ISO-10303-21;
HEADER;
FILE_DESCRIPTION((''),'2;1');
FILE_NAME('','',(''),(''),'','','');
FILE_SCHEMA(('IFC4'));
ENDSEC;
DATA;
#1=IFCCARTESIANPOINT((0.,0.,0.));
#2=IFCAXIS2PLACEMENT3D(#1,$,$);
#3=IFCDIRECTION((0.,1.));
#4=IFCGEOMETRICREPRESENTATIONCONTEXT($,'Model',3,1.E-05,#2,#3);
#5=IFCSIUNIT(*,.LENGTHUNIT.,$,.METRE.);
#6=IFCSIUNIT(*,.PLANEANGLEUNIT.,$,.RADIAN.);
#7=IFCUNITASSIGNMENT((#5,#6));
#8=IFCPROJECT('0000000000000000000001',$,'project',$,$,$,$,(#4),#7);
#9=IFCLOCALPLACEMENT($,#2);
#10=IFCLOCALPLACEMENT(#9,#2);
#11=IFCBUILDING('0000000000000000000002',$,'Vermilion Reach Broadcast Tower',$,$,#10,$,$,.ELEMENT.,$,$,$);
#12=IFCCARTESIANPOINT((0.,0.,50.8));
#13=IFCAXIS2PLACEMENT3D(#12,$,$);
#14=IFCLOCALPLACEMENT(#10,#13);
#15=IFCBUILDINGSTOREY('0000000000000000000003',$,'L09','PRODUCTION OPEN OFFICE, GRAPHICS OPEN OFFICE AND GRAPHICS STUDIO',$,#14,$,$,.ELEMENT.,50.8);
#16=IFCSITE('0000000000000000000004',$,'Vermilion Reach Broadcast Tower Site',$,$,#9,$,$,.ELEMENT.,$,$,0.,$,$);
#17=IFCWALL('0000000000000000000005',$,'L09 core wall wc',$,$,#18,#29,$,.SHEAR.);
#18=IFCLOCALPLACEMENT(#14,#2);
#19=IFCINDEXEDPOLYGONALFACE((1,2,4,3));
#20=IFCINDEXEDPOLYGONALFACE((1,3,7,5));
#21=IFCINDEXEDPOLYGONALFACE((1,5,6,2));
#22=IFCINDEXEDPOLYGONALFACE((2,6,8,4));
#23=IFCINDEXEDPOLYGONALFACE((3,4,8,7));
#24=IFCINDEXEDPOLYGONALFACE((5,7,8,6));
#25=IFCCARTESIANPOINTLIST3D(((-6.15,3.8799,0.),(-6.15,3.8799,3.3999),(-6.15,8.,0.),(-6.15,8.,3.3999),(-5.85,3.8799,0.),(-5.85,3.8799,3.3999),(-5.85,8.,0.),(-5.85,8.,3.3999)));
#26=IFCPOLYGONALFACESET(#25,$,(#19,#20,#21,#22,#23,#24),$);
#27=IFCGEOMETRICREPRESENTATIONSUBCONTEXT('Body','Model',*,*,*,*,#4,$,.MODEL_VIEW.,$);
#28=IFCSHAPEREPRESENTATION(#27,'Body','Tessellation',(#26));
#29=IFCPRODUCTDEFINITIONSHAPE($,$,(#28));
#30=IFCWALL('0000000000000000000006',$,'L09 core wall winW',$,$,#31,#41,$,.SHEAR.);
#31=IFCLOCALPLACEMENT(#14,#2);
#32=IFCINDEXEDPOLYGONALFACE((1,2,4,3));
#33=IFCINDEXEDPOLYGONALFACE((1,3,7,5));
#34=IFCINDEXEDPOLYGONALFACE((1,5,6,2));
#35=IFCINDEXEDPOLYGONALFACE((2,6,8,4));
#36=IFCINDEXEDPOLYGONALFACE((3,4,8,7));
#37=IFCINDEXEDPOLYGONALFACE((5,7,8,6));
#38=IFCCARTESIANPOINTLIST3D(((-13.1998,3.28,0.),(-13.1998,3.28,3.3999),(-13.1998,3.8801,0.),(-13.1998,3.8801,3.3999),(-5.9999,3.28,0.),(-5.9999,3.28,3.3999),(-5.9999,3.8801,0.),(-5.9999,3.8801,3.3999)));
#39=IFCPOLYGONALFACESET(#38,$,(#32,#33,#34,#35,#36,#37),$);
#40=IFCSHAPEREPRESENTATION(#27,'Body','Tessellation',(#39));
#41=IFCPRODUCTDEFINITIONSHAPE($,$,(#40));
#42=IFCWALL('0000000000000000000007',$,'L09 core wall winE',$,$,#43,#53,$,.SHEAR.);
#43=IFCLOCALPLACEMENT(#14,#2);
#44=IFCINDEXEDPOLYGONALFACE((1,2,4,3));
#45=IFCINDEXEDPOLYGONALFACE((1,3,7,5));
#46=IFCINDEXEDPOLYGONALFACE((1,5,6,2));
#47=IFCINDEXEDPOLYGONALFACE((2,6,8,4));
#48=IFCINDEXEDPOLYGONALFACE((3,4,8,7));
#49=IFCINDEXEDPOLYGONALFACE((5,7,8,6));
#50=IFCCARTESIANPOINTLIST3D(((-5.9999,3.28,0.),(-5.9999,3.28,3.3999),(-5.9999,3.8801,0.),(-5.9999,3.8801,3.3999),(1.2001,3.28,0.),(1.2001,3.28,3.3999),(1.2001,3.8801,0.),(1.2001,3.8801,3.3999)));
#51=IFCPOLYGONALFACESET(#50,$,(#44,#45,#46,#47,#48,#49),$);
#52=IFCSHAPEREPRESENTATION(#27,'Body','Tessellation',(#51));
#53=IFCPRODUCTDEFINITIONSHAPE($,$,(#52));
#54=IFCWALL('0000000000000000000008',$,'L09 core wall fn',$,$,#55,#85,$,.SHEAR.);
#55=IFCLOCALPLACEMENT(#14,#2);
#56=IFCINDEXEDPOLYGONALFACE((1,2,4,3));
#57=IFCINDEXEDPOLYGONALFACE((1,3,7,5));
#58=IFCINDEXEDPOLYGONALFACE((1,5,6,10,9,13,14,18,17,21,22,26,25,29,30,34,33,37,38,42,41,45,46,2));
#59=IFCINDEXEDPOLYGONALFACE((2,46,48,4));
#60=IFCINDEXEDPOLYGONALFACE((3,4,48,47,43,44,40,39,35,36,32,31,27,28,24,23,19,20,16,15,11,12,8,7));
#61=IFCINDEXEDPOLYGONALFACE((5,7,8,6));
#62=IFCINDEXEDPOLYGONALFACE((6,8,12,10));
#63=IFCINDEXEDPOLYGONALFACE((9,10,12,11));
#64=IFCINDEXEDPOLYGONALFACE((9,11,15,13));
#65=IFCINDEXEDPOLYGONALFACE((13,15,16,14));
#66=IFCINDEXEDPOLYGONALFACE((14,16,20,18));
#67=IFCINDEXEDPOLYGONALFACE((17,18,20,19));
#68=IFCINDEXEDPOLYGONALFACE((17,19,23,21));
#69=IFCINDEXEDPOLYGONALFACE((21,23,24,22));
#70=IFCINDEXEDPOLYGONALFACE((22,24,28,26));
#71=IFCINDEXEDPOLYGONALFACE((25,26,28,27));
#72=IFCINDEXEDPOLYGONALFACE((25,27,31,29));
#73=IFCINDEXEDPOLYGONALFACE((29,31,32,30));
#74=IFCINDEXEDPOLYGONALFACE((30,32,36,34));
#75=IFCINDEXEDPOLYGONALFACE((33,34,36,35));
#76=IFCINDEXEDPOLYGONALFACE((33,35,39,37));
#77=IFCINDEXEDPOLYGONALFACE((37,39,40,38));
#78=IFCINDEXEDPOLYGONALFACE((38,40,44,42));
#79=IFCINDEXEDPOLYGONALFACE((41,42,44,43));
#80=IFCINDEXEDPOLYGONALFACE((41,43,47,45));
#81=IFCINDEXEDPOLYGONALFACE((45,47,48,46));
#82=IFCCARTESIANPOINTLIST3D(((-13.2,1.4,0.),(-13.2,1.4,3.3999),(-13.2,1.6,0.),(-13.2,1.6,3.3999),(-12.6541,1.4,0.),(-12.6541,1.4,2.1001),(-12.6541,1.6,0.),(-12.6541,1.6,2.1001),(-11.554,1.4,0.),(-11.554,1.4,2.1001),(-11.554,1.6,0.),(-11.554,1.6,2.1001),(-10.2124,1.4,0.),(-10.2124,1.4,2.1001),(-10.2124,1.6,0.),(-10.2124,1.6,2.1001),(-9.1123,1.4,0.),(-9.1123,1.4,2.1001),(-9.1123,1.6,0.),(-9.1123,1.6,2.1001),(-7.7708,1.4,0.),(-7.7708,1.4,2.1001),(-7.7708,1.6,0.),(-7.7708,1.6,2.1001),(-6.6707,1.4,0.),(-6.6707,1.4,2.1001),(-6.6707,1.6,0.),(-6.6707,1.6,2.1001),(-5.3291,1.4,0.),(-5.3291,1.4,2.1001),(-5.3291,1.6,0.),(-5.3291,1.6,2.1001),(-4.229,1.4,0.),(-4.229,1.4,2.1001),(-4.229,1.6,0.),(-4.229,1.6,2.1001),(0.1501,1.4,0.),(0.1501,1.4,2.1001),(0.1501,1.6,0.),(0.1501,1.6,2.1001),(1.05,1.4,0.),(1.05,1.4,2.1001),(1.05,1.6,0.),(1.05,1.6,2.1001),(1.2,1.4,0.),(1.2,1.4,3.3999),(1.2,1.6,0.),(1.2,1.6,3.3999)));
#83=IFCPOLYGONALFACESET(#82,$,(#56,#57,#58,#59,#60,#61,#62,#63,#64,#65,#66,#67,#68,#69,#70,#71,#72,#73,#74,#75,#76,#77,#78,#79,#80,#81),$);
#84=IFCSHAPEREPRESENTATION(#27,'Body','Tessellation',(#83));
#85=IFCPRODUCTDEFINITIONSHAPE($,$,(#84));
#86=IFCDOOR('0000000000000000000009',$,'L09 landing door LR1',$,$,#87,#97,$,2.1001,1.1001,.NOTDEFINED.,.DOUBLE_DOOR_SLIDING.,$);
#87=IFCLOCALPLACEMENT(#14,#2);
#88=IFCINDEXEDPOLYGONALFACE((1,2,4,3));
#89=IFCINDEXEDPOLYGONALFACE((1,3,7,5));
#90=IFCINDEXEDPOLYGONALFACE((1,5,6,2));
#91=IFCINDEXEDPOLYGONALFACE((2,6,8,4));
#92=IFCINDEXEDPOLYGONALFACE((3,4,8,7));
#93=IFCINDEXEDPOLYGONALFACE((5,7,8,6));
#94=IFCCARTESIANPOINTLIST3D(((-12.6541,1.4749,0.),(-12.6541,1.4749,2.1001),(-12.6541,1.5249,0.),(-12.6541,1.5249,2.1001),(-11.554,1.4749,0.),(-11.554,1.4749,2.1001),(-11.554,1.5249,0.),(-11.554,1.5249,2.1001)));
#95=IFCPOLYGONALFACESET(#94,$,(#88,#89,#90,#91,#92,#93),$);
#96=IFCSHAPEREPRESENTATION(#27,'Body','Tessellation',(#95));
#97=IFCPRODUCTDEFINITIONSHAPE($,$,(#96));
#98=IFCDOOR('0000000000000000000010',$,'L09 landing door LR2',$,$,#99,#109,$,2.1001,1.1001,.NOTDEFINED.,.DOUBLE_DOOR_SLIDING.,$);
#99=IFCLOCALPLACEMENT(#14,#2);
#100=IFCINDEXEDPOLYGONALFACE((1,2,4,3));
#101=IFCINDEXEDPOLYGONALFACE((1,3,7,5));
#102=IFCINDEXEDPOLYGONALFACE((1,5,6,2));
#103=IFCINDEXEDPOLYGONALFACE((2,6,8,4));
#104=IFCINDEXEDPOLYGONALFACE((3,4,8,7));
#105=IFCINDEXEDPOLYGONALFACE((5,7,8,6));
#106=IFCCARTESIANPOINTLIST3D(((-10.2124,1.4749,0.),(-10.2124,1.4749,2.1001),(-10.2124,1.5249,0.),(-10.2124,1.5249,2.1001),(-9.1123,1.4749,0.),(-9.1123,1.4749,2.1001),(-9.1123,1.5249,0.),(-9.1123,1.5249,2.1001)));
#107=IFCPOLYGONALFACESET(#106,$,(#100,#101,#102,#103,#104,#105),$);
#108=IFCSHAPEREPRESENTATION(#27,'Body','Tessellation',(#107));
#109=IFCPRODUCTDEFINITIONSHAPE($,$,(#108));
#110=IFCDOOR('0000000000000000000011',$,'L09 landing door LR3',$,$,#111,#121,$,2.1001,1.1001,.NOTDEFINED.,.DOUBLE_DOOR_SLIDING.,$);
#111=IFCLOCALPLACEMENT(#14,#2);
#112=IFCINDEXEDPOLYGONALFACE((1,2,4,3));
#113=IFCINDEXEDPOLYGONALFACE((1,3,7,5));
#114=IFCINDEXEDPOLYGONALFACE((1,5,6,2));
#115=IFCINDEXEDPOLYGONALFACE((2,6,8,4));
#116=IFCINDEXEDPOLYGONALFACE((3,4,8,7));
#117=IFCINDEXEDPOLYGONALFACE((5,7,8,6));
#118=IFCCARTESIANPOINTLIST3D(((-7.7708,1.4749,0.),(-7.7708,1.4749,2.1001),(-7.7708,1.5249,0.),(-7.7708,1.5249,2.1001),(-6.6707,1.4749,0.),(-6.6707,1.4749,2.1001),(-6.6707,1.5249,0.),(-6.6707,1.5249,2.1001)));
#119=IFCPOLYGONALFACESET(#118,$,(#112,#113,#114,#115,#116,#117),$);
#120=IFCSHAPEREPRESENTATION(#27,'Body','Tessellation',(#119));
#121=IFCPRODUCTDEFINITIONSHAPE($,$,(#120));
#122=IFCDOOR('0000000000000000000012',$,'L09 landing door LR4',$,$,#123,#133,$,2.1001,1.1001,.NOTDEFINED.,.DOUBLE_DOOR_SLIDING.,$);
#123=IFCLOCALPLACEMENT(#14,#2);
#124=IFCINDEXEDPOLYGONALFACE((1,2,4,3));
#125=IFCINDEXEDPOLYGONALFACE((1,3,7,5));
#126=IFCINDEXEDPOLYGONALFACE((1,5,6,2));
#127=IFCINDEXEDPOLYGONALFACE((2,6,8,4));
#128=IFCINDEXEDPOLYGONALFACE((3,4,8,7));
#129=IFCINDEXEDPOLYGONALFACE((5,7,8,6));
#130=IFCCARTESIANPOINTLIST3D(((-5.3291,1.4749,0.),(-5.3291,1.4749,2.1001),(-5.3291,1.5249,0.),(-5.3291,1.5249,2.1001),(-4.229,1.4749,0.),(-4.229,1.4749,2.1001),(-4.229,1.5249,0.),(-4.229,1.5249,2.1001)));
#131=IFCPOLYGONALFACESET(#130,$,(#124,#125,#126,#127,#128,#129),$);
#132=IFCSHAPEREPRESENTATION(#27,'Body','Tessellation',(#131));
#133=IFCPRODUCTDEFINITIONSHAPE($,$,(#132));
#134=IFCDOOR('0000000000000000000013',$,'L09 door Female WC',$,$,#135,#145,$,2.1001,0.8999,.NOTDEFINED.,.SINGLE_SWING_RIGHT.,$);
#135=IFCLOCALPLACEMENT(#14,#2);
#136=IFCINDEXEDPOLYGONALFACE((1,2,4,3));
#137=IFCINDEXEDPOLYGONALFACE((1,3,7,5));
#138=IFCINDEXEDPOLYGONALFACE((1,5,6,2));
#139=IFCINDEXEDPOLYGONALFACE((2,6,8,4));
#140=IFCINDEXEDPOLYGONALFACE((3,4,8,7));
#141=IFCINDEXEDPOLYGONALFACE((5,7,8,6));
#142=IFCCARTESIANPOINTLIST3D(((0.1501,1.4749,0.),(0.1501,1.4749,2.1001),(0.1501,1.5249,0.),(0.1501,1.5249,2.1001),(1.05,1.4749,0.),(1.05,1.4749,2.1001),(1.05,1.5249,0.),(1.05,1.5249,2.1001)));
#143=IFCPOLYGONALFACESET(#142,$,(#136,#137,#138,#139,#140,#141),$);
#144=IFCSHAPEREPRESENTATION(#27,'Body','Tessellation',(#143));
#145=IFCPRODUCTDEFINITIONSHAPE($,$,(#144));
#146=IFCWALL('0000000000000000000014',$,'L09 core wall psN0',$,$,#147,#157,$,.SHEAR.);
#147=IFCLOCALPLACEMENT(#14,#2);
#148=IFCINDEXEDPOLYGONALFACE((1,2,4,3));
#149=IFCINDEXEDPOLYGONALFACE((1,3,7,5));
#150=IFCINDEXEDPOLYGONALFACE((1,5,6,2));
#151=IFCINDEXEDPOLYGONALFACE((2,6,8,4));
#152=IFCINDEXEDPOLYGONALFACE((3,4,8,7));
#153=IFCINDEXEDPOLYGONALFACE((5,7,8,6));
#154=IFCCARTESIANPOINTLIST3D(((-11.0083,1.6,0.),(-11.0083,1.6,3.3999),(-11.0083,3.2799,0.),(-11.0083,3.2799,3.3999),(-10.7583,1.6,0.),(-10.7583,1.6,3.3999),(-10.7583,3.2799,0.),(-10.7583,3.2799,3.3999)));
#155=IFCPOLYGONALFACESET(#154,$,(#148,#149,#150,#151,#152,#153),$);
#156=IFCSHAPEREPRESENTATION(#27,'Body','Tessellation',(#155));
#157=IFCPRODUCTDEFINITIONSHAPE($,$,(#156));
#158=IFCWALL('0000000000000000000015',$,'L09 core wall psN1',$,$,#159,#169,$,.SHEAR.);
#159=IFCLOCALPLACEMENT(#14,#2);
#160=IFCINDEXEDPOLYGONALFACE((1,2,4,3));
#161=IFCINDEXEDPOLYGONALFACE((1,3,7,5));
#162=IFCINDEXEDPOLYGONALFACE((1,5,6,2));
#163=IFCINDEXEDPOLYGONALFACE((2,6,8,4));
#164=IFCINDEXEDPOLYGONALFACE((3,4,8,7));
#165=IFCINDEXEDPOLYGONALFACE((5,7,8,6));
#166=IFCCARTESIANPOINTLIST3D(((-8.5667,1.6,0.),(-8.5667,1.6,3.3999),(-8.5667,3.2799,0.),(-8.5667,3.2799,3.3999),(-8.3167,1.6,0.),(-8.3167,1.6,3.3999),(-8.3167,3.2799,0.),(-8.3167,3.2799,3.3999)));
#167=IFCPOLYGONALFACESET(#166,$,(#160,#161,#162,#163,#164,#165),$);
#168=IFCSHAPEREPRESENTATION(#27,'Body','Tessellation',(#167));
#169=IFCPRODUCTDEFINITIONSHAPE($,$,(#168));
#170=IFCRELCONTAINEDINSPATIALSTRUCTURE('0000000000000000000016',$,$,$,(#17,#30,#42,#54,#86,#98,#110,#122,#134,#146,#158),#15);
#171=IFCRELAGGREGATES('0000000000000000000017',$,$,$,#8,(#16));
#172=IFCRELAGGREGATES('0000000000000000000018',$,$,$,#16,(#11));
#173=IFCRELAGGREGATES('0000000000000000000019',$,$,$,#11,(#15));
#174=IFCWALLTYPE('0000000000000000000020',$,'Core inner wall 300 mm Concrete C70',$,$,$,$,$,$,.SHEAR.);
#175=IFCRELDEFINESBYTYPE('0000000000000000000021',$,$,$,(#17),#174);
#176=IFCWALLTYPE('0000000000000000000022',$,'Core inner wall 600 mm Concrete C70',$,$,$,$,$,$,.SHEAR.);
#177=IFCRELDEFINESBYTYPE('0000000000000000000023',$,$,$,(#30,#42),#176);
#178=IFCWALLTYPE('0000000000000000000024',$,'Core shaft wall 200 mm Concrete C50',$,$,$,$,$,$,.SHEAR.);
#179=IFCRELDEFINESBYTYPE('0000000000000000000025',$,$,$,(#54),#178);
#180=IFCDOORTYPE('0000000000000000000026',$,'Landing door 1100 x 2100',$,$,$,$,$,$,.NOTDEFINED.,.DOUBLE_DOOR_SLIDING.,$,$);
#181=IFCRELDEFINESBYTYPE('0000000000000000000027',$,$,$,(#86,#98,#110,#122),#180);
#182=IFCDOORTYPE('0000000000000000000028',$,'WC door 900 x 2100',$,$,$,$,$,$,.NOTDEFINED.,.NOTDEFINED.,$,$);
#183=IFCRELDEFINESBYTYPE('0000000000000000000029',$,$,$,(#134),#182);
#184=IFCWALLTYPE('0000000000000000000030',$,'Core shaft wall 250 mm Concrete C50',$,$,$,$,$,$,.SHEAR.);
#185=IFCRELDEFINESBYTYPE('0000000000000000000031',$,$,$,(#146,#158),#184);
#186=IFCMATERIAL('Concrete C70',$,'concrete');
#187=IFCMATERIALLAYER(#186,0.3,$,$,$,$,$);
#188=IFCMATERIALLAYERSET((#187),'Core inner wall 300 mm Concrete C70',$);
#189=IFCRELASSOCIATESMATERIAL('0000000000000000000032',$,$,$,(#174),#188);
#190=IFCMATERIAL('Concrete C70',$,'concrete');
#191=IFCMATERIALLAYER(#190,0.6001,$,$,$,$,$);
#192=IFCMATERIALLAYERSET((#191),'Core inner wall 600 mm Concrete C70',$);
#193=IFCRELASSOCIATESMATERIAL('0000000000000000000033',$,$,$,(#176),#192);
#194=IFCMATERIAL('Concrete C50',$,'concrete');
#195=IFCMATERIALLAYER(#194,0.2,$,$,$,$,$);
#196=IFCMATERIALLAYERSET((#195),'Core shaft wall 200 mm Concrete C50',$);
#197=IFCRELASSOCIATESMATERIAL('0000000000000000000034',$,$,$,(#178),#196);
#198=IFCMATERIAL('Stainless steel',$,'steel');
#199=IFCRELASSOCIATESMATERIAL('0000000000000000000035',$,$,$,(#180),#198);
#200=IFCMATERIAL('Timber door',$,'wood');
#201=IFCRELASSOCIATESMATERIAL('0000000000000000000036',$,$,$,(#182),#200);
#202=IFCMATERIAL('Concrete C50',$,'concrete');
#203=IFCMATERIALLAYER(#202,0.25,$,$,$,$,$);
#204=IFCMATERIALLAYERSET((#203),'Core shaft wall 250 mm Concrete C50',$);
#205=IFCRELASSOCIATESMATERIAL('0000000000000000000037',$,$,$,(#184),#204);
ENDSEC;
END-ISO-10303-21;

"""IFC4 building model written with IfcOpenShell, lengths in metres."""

from ifc_helpers import new_model, si_unit, direction, frame, frame_2d, origin, place, context, subcontext, project, spatial, rectangle, extrude, material, layer, layer_set, type_object, element, fill, save


model = new_model("IFC4")

# Units and contexts
model_context = context("Model", 3, precision=1e-05, world=origin(), true_north=direction((0.0, 1.0)))
body_context = subcontext(model_context, "Body", "Model", "MODEL_VIEW")
ifc_project = project(units=[si_unit("LENGTHUNIT", "METRE"), si_unit("PLANEANGLEUNIT", "RADIAN")], contexts=[model_context])

# Site, building, storey
site_placement = place(None, origin())
site = spatial("IfcSite", under=ifc_project, at=site_placement, Name="Vermilion Reach Broadcast Tower Site", CompositionType="ELEMENT", RefElevation=0.0)
building_placement = place(site_placement, origin())
building = spatial("IfcBuilding", under=site, at=building_placement, Name="Vermilion Reach Broadcast Tower", CompositionType="ELEMENT")
storey_placement = place(building_placement, frame((0.0, 0.0, 50.8)))
storey = spatial("IfcBuildingStorey", under=building, at=storey_placement, Name="L09", Description="PRODUCTION OPEN OFFICE, GRAPHICS OPEN OFFICE AND GRAPHICS STUDIO", CompositionType="ELEMENT", Elevation=50.8)

# Walls
ifc_material_1 = material(Name="Concrete C70", Category="concrete")
ifc_layer_1 = layer(ifc_material_1, 0.3)
ifc_layer_set_1 = layer_set([ifc_layer_1], Name="Core inner wall 300 mm Concrete C70")
wall_type_1 = type_object("IfcWallType", Name="Core inner wall 300 mm Concrete C70", PredefinedType="SHEAR", material=ifc_layer_set_1)
wall_1_placement = place(storey_placement, frame((-6.0, 3.8799, 0.0), z_axis=(0.0, 0.0, 1.0), x_axis=(0.0, 1.0, 0.0)))
element("IfcWall", 1, at=wall_1_placement, inside=storey, type_object=wall_type_1, Name="L09 core wall wc", PredefinedType="SHEAR", context=body_context, shape_type="SweptSolid", body=[
    extrude(rectangle(XDim=4.1201, YDim=0.3, at=frame_2d((2.0601, 0.0))), origin(), (0.0, 0.0, 1.0), 3.3999),
])
ifc_material_2 = material(Name="Concrete C70", Category="concrete")
ifc_layer_2 = layer(ifc_material_2, 0.6001)
ifc_layer_set_2 = layer_set([ifc_layer_2], Name="Core inner wall 600 mm Concrete C70")
wall_type_2 = type_object("IfcWallType", Name="Core inner wall 600 mm Concrete C70", PredefinedType="SHEAR", material=ifc_layer_set_2)
for number, where, z_axis, x_axis, name in (
    (2, (-13.2, 3.5801, 0.0), (0.0, 0.0, 1.0), (1.0, 0.0, 0.0), "L09 core wall winW"),
    (3, (-6.0, 3.5801, 0.0), (0.0, 0.0, 1.0), (1.0, 0.0, 0.0), "L09 core wall winE"),
):
    element("IfcWall", number, at=place(storey_placement, frame(where, z_axis=z_axis, x_axis=x_axis)), inside=storey, type_object=wall_type_2, Name=name, PredefinedType="SHEAR", context=body_context, shape_type="SweptSolid", body=[
        extrude(rectangle(XDim=7.2, YDim=0.6001, at=frame_2d((3.6001, 0.0))), origin(), (0.0, 0.0, 1.0), 3.3999),
    ])

# Wall, openings, doors
ifc_material_3 = material(Name="Concrete C50", Category="concrete")
ifc_layer_3 = layer(ifc_material_3, 0.2)
ifc_layer_set_3 = layer_set([ifc_layer_3], Name="Core shaft wall 200 mm Concrete C50")
wall_type_3 = type_object("IfcWallType", Name="Core shaft wall 200 mm Concrete C50", PredefinedType="SHEAR", material=ifc_layer_set_3)
wall_2_placement = place(storey_placement, frame((-13.2, 1.5, 0.0), z_axis=(0.0, 0.0, 1.0), x_axis=(1.0, 0.0, 0.0)))
wall_2 = element("IfcWall", 4, at=wall_2_placement, inside=storey, type_object=wall_type_3, Name="L09 core wall fn", PredefinedType="SHEAR", context=body_context, shape_type="SweptSolid", body=[
    extrude(rectangle(XDim=14.3999, YDim=0.2, at=frame_2d((7.2, 0.0))), origin(), (0.0, 0.0, 1.0), 3.3999),
])
opening_1_placement = place(wall_2_placement, frame((0.5459, 0.0, 0.0)))
opening_1 = element("IfcOpeningElement", 5, at=opening_1_placement, cuts=wall_2, PredefinedType="OPENING", context=body_context, shape_type="SweptSolid", body=[
    extrude(rectangle(XDim=1.1001, YDim=2.1001, at=frame_2d((0.55, 1.05))), frame((0.0, 0.1099, 0.0), z_axis=(0.0, -1.0, 0.0), x_axis=(1.0, 0.0, 0.0)), (0.0, 0.0, 1.0), 0.22),
])
opening_2_placement = place(wall_2_placement, frame((2.9875, 0.0, 0.0)))
opening_2 = element("IfcOpeningElement", 6, at=opening_2_placement, cuts=wall_2, PredefinedType="OPENING", context=body_context, shape_type="SweptSolid", body=[
    extrude(rectangle(XDim=1.1001, YDim=2.1001, at=frame_2d((0.55, 1.05))), frame((0.0, 0.1099, 0.0), z_axis=(0.0, -1.0, 0.0), x_axis=(1.0, 0.0, 0.0)), (0.0, 0.0, 1.0), 0.22),
])
opening_3_placement = place(wall_2_placement, frame((5.4292, 0.0, 0.0)))
opening_3 = element("IfcOpeningElement", 7, at=opening_3_placement, cuts=wall_2, PredefinedType="OPENING", context=body_context, shape_type="SweptSolid", body=[
    extrude(rectangle(XDim=1.1001, YDim=2.1001, at=frame_2d((0.55, 1.05))), frame((0.0, 0.1099, 0.0), z_axis=(0.0, -1.0, 0.0), x_axis=(1.0, 0.0, 0.0)), (0.0, 0.0, 1.0), 0.22),
])
opening_4_placement = place(wall_2_placement, frame((7.8708, 0.0, 0.0)))
opening_4 = element("IfcOpeningElement", 8, at=opening_4_placement, cuts=wall_2, PredefinedType="OPENING", context=body_context, shape_type="SweptSolid", body=[
    extrude(rectangle(XDim=1.1001, YDim=2.1001, at=frame_2d((0.55, 1.05))), frame((0.0, 0.1099, 0.0), z_axis=(0.0, -1.0, 0.0), x_axis=(1.0, 0.0, 0.0)), (0.0, 0.0, 1.0), 0.22),
])
opening_5_placement = place(wall_2_placement, frame((13.3501, 0.0, 0.0)))
opening_5 = element("IfcOpeningElement", 9, at=opening_5_placement, cuts=wall_2, PredefinedType="OPENING", context=body_context, shape_type="SweptSolid", body=[
    extrude(rectangle(XDim=0.8999, YDim=2.1001, at=frame_2d((0.45, 1.05))), frame((0.0, 0.1099, 0.0), z_axis=(0.0, -1.0, 0.0), x_axis=(1.0, 0.0, 0.0)), (0.0, 0.0, 1.0), 0.22),
])
ifc_material_4 = material(Name="Stainless steel", Category="steel")
door_type_1 = type_object("IfcDoorType", Name="Landing door 1100 x 2100", OperationType="DOUBLE_DOOR_SLIDING", PredefinedType="NOTDEFINED", material=ifc_material_4)
door_1_placement = place(opening_1_placement, origin())
door_1 = element("IfcDoor", 10, at=door_1_placement, inside=storey, type_object=door_type_1, Name="L09 landing door LR1", OperationType="DOUBLE_DOOR_SLIDING", OverallHeight=2.1001, OverallWidth=1.1001, PredefinedType="NOTDEFINED", context=body_context, shape_type="SweptSolid", body=[
    extrude(rectangle(XDim=1.1001, YDim=2.1001, at=frame_2d((0.55, 1.05))), frame((0.0, 0.0249, 0.0), z_axis=(0.0, -1.0, 0.0), x_axis=(1.0, 0.0, 0.0)), (0.0, 0.0, 1.0), 0.05),
])
fill(opening_1, door_1)
door_2_placement = place(opening_2_placement, origin())
door_2 = element("IfcDoor", 11, at=door_2_placement, inside=storey, type_object=door_type_1, Name="L09 landing door LR2", OperationType="DOUBLE_DOOR_SLIDING", OverallHeight=2.1001, OverallWidth=1.1001, PredefinedType="NOTDEFINED", context=body_context, shape_type="SweptSolid", body=[
    extrude(rectangle(XDim=1.1001, YDim=2.1001, at=frame_2d((0.55, 1.05))), frame((0.0, 0.0249, 0.0), z_axis=(0.0, -1.0, 0.0), x_axis=(1.0, 0.0, 0.0)), (0.0, 0.0, 1.0), 0.05),
])
fill(opening_2, door_2)
door_3_placement = place(opening_3_placement, origin())
door_3 = element("IfcDoor", 12, at=door_3_placement, inside=storey, type_object=door_type_1, Name="L09 landing door LR3", OperationType="DOUBLE_DOOR_SLIDING", OverallHeight=2.1001, OverallWidth=1.1001, PredefinedType="NOTDEFINED", context=body_context, shape_type="SweptSolid", body=[
    extrude(rectangle(XDim=1.1001, YDim=2.1001, at=frame_2d((0.55, 1.05))), frame((0.0, 0.0249, 0.0), z_axis=(0.0, -1.0, 0.0), x_axis=(1.0, 0.0, 0.0)), (0.0, 0.0, 1.0), 0.05),
])
fill(opening_3, door_3)
door_4_placement = place(opening_4_placement, origin())
door_4 = element("IfcDoor", 13, at=door_4_placement, inside=storey, type_object=door_type_1, Name="L09 landing door LR4", OperationType="DOUBLE_DOOR_SLIDING", OverallHeight=2.1001, OverallWidth=1.1001, PredefinedType="NOTDEFINED", context=body_context, shape_type="SweptSolid", body=[
    extrude(rectangle(XDim=1.1001, YDim=2.1001, at=frame_2d((0.55, 1.05))), frame((0.0, 0.0249, 0.0), z_axis=(0.0, -1.0, 0.0), x_axis=(1.0, 0.0, 0.0)), (0.0, 0.0, 1.0), 0.05),
])
fill(opening_4, door_4)
ifc_material_5 = material(Name="Timber door", Category="wood")
door_type_2 = type_object("IfcDoorType", Name="WC door 900 x 2100", OperationType="NOTDEFINED", PredefinedType="NOTDEFINED", material=ifc_material_5)
door_5_placement = place(opening_5_placement, origin())
door_5 = element("IfcDoor", 14, at=door_5_placement, inside=storey, type_object=door_type_2, Name="L09 door Female WC", OperationType="SINGLE_SWING_RIGHT", OverallHeight=2.1001, OverallWidth=0.8999, PredefinedType="NOTDEFINED", context=body_context, shape_type="SweptSolid", body=[
    extrude(rectangle(XDim=0.8999, YDim=2.1001, at=frame_2d((0.45, 1.05))), frame((0.0, 0.0249, 0.0), z_axis=(0.0, -1.0, 0.0), x_axis=(1.0, 0.0, 0.0)), (0.0, 0.0, 1.0), 0.05),
])
fill(opening_5, door_5)

# Walls
ifc_material_6 = material(Name="Concrete C50", Category="concrete")
ifc_layer_4 = layer(ifc_material_6, 0.25)
ifc_layer_set_4 = layer_set([ifc_layer_4], Name="Core shaft wall 250 mm Concrete C50")
wall_type_4 = type_object("IfcWallType", Name="Core shaft wall 250 mm Concrete C50", PredefinedType="SHEAR", material=ifc_layer_set_4)
for number, where, z_axis, x_axis, name in (
    (15, (-10.8833, 1.6001, 0.0), (0.0, 0.0, 1.0), (0.0, 1.0, 0.0), "L09 core wall psN0"),
    (16, (-8.4417, 1.6001, 0.0), (0.0, 0.0, 1.0), (0.0, 1.0, 0.0), "L09 core wall psN1"),
):
    element("IfcWall", number, at=place(storey_placement, frame(where, z_axis=z_axis, x_axis=x_axis)), inside=storey, type_object=wall_type_4, Name=name, PredefinedType="SHEAR", context=body_context, shape_type="SweptSolid", body=[
        extrude(rectangle(XDim=1.6799, YDim=0.25, at=frame_2d((0.8398, 0.0))), origin(), (0.0, 0.0, 1.0), 3.3999),
    ])

save(model, "model.ifc")
